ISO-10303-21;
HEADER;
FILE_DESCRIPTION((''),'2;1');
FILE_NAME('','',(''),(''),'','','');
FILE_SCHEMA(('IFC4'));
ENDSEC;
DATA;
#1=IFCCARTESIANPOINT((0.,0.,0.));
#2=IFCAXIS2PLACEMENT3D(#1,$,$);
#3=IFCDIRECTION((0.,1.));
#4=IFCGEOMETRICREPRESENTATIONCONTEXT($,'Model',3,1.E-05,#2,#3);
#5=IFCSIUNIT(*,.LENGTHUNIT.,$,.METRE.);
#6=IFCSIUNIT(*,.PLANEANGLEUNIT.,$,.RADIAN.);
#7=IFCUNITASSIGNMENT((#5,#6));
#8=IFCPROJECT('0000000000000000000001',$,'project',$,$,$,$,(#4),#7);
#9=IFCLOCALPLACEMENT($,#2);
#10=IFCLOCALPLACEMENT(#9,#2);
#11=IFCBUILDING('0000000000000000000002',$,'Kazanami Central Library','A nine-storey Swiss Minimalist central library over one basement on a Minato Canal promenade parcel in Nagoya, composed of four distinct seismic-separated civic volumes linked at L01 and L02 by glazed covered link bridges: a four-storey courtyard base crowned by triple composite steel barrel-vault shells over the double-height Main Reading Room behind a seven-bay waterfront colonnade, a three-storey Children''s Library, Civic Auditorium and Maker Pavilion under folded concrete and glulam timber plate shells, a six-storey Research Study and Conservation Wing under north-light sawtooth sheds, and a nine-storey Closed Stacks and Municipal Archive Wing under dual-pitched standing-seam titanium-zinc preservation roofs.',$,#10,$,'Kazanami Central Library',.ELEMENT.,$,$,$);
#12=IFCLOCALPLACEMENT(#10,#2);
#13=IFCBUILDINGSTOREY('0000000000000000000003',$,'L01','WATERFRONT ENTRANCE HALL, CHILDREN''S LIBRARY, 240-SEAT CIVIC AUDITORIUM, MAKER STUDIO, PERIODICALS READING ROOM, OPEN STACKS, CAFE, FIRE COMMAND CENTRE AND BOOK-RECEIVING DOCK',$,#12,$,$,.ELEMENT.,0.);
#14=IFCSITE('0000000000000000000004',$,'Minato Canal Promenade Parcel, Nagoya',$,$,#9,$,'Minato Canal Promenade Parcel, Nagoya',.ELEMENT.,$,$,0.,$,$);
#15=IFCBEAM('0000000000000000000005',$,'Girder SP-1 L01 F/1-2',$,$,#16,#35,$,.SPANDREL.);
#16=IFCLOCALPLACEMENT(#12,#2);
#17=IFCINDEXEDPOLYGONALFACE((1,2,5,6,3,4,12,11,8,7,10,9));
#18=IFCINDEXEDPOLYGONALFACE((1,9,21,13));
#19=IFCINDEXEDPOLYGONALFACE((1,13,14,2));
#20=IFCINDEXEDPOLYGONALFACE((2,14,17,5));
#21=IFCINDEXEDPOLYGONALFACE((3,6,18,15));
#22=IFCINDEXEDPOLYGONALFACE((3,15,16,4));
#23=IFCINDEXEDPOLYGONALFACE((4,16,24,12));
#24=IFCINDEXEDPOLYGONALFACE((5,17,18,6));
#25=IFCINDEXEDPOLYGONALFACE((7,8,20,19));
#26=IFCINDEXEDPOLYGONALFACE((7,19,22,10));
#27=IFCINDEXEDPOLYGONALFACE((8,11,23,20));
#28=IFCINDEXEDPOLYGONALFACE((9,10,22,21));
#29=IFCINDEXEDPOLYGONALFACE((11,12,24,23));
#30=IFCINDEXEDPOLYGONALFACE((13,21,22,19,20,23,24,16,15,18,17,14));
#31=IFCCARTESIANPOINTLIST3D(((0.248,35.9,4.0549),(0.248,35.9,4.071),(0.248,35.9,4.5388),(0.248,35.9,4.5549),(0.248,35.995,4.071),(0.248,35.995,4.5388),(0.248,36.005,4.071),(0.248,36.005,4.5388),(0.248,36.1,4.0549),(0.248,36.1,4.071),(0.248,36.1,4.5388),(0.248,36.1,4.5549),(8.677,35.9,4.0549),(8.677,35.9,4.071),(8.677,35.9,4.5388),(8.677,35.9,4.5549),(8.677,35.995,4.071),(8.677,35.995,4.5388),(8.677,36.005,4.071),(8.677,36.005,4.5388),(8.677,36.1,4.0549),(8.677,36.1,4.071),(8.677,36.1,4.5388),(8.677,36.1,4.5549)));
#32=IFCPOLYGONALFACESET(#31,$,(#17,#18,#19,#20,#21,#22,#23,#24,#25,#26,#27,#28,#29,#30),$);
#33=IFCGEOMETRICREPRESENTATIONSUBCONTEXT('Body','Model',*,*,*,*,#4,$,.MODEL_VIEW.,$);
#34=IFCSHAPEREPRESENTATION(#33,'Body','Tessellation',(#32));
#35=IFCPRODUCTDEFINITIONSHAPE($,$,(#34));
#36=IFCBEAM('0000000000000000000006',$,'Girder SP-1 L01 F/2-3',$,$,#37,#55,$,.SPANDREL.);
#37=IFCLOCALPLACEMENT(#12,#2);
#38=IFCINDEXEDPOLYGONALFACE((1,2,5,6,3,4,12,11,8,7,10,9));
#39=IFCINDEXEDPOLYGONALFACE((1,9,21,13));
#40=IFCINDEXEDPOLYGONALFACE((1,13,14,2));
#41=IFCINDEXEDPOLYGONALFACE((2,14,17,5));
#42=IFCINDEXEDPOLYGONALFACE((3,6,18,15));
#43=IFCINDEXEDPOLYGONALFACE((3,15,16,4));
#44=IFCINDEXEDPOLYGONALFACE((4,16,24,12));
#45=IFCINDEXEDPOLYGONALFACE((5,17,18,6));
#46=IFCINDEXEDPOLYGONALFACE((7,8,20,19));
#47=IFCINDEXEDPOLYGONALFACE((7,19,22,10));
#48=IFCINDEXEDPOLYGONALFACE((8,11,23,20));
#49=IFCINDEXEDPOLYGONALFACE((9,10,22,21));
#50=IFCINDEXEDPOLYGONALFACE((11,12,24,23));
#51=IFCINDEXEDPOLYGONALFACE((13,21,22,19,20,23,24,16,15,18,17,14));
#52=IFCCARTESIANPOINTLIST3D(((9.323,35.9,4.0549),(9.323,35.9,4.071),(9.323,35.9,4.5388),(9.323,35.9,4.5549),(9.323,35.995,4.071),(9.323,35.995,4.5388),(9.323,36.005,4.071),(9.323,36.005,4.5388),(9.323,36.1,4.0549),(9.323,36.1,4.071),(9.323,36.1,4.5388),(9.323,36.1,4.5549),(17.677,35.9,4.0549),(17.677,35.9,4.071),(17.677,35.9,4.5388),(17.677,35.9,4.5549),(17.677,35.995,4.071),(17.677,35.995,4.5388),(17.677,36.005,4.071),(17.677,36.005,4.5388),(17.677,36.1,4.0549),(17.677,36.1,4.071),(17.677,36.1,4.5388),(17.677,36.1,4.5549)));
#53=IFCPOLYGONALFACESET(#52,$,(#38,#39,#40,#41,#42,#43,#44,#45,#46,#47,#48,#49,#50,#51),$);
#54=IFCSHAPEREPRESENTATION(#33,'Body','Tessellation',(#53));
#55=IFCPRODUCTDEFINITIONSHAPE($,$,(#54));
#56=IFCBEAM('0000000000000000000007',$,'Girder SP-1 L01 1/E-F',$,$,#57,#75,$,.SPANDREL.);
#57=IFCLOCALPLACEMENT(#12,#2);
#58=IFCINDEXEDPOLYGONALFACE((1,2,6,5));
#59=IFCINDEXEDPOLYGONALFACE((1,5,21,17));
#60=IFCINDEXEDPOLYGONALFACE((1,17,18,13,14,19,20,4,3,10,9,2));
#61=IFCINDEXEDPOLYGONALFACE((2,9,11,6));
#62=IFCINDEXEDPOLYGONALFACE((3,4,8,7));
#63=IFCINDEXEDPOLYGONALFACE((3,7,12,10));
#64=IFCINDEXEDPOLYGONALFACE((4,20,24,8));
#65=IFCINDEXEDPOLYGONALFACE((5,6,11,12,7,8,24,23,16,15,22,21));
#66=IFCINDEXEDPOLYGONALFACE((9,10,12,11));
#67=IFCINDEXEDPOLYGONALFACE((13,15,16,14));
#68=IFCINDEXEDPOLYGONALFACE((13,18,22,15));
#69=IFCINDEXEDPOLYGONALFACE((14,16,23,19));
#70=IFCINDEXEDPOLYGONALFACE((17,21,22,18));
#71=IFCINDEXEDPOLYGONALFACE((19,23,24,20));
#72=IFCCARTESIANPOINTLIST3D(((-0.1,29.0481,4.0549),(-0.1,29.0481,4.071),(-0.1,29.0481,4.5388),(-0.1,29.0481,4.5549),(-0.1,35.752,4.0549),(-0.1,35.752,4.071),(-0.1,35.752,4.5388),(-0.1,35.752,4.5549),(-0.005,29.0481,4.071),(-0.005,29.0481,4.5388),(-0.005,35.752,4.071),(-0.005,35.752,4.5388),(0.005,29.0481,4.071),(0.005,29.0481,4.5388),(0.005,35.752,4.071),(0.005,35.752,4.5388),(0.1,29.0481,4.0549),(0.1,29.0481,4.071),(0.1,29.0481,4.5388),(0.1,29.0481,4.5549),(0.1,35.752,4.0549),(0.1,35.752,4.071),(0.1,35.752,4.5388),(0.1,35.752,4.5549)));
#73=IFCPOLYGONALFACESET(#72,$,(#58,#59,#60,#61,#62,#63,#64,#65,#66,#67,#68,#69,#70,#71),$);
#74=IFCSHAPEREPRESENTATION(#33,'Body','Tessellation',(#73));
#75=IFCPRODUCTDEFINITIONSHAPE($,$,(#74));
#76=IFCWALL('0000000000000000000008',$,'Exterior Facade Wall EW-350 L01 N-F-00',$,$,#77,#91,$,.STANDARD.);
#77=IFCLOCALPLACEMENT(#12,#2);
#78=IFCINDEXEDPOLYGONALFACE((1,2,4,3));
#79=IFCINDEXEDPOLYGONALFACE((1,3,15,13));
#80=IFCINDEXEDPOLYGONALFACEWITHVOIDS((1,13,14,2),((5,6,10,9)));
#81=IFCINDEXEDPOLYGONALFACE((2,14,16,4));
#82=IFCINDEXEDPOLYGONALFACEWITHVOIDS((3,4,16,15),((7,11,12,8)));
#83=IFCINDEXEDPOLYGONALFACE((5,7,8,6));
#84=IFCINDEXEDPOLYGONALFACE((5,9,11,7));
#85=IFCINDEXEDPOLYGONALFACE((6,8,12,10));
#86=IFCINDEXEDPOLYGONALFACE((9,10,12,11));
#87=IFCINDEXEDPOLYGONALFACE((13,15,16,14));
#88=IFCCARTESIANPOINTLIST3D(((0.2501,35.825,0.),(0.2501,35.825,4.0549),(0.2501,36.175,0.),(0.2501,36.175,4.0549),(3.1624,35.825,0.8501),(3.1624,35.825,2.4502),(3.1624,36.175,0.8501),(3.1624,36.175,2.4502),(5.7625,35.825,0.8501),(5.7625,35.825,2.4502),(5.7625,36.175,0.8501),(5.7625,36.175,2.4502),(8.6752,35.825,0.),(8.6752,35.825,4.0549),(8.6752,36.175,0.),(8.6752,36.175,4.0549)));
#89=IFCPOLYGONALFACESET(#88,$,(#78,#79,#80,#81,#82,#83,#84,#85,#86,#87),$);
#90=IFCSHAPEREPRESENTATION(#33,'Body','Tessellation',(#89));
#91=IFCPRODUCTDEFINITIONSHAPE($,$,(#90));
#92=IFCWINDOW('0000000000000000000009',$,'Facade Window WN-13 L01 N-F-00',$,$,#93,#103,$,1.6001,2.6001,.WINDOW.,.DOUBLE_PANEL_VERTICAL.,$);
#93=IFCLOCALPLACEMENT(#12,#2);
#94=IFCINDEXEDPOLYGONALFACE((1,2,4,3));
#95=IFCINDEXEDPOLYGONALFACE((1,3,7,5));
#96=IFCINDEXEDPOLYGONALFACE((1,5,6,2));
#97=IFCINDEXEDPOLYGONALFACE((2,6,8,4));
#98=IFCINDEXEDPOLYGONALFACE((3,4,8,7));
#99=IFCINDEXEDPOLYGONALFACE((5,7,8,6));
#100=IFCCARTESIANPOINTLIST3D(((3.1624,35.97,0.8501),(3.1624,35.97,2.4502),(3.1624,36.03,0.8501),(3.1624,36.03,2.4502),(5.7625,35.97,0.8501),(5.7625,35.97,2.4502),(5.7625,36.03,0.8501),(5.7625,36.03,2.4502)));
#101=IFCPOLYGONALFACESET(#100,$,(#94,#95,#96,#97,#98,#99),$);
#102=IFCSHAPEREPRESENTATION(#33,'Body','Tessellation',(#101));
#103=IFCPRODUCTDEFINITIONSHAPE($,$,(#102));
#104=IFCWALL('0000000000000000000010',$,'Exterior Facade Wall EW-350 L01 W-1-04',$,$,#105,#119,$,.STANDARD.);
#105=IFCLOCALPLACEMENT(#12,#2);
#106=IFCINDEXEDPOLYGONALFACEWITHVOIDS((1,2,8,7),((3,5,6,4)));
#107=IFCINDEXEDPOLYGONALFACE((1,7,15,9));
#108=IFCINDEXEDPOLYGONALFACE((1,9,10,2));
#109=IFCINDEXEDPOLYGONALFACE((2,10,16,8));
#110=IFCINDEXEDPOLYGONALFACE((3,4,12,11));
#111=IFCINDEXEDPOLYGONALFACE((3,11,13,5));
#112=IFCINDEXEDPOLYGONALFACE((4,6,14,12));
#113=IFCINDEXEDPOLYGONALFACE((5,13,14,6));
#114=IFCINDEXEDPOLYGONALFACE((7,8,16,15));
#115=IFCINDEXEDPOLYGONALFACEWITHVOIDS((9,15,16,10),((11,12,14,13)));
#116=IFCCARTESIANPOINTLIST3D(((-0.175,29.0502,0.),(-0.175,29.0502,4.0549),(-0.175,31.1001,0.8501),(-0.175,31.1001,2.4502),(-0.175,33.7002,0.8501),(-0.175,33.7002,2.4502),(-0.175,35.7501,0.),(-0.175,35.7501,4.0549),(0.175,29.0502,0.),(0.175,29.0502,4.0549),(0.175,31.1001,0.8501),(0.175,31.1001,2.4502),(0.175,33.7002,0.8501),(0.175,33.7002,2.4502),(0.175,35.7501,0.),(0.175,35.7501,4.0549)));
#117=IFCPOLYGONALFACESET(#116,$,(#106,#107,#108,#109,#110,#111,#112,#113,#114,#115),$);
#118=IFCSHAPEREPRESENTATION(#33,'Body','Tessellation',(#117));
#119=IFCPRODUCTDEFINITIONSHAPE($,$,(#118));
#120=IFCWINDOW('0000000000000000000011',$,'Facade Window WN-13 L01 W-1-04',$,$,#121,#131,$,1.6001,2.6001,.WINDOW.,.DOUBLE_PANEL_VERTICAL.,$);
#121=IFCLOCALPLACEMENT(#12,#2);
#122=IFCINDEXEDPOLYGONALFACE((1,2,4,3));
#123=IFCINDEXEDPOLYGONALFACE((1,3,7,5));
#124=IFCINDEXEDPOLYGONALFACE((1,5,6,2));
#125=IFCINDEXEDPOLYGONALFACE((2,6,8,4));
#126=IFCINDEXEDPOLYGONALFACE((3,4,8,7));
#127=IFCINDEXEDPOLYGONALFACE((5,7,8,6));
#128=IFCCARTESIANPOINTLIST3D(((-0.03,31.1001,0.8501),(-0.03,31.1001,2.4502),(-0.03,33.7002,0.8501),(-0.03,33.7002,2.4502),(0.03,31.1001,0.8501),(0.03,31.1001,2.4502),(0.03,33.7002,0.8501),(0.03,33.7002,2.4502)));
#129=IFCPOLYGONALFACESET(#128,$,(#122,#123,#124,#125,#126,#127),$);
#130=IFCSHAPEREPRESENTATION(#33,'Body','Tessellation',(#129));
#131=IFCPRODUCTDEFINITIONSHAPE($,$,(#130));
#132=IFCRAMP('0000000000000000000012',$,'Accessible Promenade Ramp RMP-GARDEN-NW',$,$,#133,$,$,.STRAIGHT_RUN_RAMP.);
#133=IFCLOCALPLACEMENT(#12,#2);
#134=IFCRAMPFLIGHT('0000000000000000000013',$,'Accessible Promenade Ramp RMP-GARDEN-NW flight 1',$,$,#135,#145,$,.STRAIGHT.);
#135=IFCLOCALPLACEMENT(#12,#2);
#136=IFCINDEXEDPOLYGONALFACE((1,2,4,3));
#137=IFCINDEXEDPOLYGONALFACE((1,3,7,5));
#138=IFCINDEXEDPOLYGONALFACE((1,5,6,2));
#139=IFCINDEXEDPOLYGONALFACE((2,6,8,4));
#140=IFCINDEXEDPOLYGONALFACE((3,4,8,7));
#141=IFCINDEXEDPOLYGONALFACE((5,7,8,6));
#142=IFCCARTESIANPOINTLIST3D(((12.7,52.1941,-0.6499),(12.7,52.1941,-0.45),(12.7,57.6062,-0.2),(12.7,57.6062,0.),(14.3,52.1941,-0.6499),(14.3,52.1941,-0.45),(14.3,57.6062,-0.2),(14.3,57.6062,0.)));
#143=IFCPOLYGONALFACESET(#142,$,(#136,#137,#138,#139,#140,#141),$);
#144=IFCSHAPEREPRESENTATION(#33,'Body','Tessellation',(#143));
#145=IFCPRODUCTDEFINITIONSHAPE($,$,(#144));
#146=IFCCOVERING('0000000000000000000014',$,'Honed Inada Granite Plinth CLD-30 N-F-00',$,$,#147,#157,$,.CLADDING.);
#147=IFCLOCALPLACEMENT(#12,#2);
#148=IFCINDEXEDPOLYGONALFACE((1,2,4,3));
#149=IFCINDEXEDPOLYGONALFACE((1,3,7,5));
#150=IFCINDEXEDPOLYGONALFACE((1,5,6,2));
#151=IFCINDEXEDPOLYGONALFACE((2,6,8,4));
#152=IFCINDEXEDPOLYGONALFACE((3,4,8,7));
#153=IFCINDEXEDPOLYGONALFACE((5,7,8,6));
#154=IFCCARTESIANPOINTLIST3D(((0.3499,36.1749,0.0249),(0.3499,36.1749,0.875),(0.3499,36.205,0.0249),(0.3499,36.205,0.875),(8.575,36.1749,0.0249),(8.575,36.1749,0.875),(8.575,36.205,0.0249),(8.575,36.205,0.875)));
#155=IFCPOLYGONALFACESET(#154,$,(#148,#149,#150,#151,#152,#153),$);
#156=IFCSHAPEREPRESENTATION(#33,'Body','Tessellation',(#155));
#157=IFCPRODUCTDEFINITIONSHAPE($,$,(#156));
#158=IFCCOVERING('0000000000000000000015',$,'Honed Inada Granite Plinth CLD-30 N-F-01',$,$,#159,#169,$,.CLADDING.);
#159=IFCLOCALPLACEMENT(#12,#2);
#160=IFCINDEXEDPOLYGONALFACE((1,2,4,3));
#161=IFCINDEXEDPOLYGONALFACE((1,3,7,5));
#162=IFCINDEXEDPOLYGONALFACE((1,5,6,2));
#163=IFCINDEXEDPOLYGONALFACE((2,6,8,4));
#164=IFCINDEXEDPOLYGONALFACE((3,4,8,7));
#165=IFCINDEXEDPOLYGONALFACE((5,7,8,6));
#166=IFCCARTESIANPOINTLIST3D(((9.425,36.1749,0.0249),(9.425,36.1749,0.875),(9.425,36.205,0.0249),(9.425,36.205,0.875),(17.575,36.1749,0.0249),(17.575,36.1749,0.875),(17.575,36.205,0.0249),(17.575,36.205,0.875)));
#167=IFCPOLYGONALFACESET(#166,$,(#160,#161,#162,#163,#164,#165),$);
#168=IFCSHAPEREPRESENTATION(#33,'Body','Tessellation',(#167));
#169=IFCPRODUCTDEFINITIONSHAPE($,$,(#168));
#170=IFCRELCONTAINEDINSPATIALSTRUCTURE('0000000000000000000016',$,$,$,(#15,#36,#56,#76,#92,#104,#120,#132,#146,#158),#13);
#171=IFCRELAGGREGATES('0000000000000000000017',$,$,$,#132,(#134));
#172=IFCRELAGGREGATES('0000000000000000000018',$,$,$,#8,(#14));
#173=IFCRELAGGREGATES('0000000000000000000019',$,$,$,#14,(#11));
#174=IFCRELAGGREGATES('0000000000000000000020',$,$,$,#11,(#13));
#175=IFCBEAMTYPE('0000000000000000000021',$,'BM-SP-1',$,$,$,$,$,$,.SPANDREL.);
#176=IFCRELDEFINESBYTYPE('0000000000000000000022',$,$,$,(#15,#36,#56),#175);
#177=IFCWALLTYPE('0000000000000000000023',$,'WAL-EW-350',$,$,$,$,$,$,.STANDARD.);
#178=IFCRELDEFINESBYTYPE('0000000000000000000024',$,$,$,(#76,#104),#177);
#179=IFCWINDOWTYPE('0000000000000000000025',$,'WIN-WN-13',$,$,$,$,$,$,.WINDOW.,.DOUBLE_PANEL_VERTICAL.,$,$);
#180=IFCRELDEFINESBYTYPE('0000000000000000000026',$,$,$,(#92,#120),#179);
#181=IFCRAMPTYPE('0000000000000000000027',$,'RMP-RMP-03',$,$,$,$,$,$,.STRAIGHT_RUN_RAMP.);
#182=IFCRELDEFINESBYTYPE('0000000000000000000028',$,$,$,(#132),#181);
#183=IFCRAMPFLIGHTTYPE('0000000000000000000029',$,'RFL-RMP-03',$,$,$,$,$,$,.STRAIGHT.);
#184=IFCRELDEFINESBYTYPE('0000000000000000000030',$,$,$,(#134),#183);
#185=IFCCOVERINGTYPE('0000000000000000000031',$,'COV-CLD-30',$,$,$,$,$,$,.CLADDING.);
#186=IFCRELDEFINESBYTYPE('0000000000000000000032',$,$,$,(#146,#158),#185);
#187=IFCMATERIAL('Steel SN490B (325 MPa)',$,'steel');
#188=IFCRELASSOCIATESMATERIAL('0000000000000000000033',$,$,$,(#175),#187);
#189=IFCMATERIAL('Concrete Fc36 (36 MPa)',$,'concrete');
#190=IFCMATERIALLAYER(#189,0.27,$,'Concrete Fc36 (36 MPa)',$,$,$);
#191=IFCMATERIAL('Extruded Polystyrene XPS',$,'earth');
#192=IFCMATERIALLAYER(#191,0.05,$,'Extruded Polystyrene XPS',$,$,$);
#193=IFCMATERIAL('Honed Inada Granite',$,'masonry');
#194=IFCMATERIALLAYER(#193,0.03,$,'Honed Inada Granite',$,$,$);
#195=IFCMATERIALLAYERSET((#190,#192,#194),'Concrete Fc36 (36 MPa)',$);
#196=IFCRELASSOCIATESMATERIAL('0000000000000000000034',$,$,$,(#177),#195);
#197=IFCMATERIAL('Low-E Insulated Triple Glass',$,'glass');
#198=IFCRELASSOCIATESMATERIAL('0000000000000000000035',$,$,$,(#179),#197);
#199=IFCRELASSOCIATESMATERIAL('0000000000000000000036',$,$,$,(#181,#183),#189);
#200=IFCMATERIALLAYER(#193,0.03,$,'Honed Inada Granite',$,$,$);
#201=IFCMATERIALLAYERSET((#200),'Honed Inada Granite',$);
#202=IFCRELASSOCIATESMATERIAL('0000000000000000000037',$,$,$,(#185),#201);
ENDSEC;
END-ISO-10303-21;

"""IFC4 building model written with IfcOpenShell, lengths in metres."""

from ifc_helpers import new_model, si_unit, direction, frame, frame_2d, origin, origin_2d, place, context, subcontext, project, spatial, polyline, rectangle, i_section, outline, extrude, material, layer, layer_set, material_profile, profile_set, type_object, element, fill, aggregate, save


model = new_model("IFC4")

# Units and contexts
model_context = context("Model", 3, precision=1e-05, world=origin(), true_north=direction((0.0, 1.0)))
body_context = subcontext(model_context, "Body", "Model", "MODEL_VIEW")
ifc_project = project(units=[si_unit("LENGTHUNIT", "METRE"), si_unit("PLANEANGLEUNIT", "RADIAN")], contexts=[model_context])

# Site, building, storey
site_placement = place(None, origin())
site = spatial("IfcSite", under=ifc_project, at=site_placement, Name="Minato Canal Promenade Parcel, Nagoya", LongName="Minato Canal Promenade Parcel, Nagoya", CompositionType="ELEMENT", RefElevation=0.0)
building_placement = place(site_placement, origin())
building = spatial("IfcBuilding", under=site, at=building_placement, Name="Kazanami Central Library", Description="A nine-storey Swiss Minimalist central library over one basement on a Minato Canal promenade parcel in Nagoya, composed of four distinct seismic-separated civic volumes linked at L01 and L02 by glazed covered link bridges: a four-storey courtyard base crowned by triple composite steel barrel-vault shells over the double-height Main Reading Room behind a seven-bay waterfront colonnade, a three-storey Children's Library, Civic Auditorium and Maker Pavilion under folded concrete and glulam timber plate shells, a six-storey Research Study and Conservation Wing under north-light sawtooth sheds, and a nine-storey Closed Stacks and Municipal Archive Wing under dual-pitched standing-seam titanium-zinc preservation roofs.", LongName="Kazanami Central Library", CompositionType="ELEMENT")
storey_placement = place(building_placement, origin())
storey = spatial("IfcBuildingStorey", under=building, at=storey_placement, Name="L01", Description="WATERFRONT ENTRANCE HALL, CHILDREN'S LIBRARY, 240-SEAT CIVIC AUDITORIUM, MAKER STUDIO, PERIODICALS READING ROOM, OPEN STACKS, CAFE, FIRE COMMAND CENTRE AND BOOK-RECEIVING DOCK", CompositionType="ELEMENT", Elevation=0.0)

# Beams
ifc_material_1 = material(Name="Steel SN490B (325 MPa)", Category="steel")
ifc_material_profile_1 = material_profile(ifc_material_1, i_section(OverallWidth=0.2, OverallDepth=0.5, WebThickness=0.01, FlangeThickness=0.0161, at=origin_2d()), Name="H-500x200x10x16")
ifc_profile_set_1 = profile_set([ifc_material_profile_1], Name="Steel SN490B (325 MPa)")
beam_type_1 = type_object("IfcBeamType", Name="BM-SP-1", PredefinedType="SPANDREL", material=ifc_profile_set_1)
beam_1_placement = place(storey_placement, frame((0.248, 36.0, 4.3049), z_axis=(1.0, 0.0, 0.0), x_axis=(0.0, 1.0, 0.0)))
element("IfcBeam", 1, at=beam_1_placement, inside=storey, type_object=beam_type_1, Name="Girder SP-1 L01 F/1-2", PredefinedType="SPANDREL", context=body_context, shape_type="SweptSolid", body=[
    extrude(i_section(OverallWidth=0.2, OverallDepth=0.5, WebThickness=0.01, FlangeThickness=0.0161, at=origin_2d()), origin(), (0.0, 0.0, 1.0), 8.429),
])
beam_2_placement = place(storey_placement, frame((9.323, 36.0, 4.3049), z_axis=(1.0, 0.0, 0.0), x_axis=(0.0, 1.0, 0.0)))
element("IfcBeam", 2, at=beam_2_placement, inside=storey, type_object=beam_type_1, Name="Girder SP-1 L01 F/2-3", PredefinedType="SPANDREL", context=body_context, shape_type="SweptSolid", body=[
    extrude(i_section(OverallWidth=0.2, OverallDepth=0.5, WebThickness=0.01, FlangeThickness=0.0161, at=origin_2d()), origin(), (0.0, 0.0, 1.0), 8.354),
])
beam_3_placement = place(storey_placement, frame((0.0, 29.0481, 4.3049), z_axis=(0.0, 1.0, 0.0), x_axis=(-1.0, 0.0, 0.0)))
element("IfcBeam", 3, at=beam_3_placement, inside=storey, type_object=beam_type_1, Name="Girder SP-1 L01 1/E-F", PredefinedType="SPANDREL", context=body_context, shape_type="SweptSolid", body=[
    extrude(i_section(OverallWidth=0.2, OverallDepth=0.5, WebThickness=0.01, FlangeThickness=0.0161, at=origin_2d()), origin(), (0.0, 0.0, 1.0), 6.7039),
])

# Walls, openings, windows
ifc_material_2 = material(Name="Concrete Fc36 (36 MPa)", Category="concrete")
ifc_layer_1 = layer(ifc_material_2, 0.27, Name="Concrete Fc36 (36 MPa)")
ifc_material_3 = material(Name="Extruded Polystyrene XPS", Category="earth")
ifc_layer_2 = layer(ifc_material_3, 0.05, Name="Extruded Polystyrene XPS")
ifc_material_4 = material(Name="Honed Inada Granite", Category="masonry")
ifc_layer_3 = layer(ifc_material_4, 0.03, Name="Honed Inada Granite")
ifc_layer_set_1 = layer_set([ifc_layer_1, ifc_layer_2, ifc_layer_3], Name="Concrete Fc36 (36 MPa)")
wall_type = type_object("IfcWallType", Name="WAL-EW-350", PredefinedType="STANDARD", material=ifc_layer_set_1)
wall_1_placement = place(storey_placement, frame((8.675, 36.0, 0.0), z_axis=(0.0, 0.0, 1.0), x_axis=(-1.0, 0.0, 0.0)))
wall_1 = element("IfcWall", 4, at=wall_1_placement, inside=storey, type_object=wall_type, Name="Exterior Facade Wall EW-350 L01 N-F-00", PredefinedType="STANDARD", context=body_context, shape_type="SweptSolid", body=[
    extrude(rectangle(XDim=8.425, YDim=0.3501, at=frame_2d((4.2124, 0.0))), origin(), (0.0, 0.0, 1.0), 4.0549),
])
opening_1_placement = place(wall_1_placement, frame((2.9126, 0.0, 0.8501)))
opening_1 = element("IfcOpeningElement", 5, at=opening_1_placement, cuts=wall_1, PredefinedType="OPENING", context=body_context, shape_type="SweptSolid", body=[
    extrude(rectangle(XDim=2.6001, YDim=1.6001, at=frame_2d((1.3, 0.8))), frame((0.0, 0.187, 0.0), z_axis=(0.0, -1.0, 0.0), x_axis=(1.0, 0.0, 0.0)), (0.0, 0.0, 1.0), 0.374),
])
ifc_material_5 = material(Name="Low-E Insulated Triple Glass", Category="glass")
window_type = type_object("IfcWindowType", Name="WIN-WN-13", PartitioningType="DOUBLE_PANEL_VERTICAL", PredefinedType="WINDOW", material=ifc_material_5)
window_1_placement = place(opening_1_placement, origin())
window_1 = element("IfcWindow", 6, at=window_1_placement, inside=storey, type_object=window_type, Name="Facade Window WN-13 L01 N-F-00", OverallHeight=1.6001, OverallWidth=2.6001, PartitioningType="DOUBLE_PANEL_VERTICAL", PredefinedType="WINDOW", context=body_context, shape_type="SweptSolid", body=[
    extrude(rectangle(XDim=2.6001, YDim=1.6001, at=frame_2d((1.3, 0.8))), frame((0.0, 0.03, 0.0), z_axis=(0.0, -1.0, 0.0), x_axis=(1.0, 0.0, 0.0)), (0.0, 0.0, 1.0), 0.0601),
])
fill(opening_1, window_1)
wall_2_placement = place(storey_placement, frame((0.0, 29.05, 0.0), z_axis=(0.0, 0.0, 1.0), x_axis=(0.0, 1.0, 0.0)))
wall_2 = element("IfcWall", 7, at=wall_2_placement, inside=storey, type_object=wall_type, Name="Exterior Facade Wall EW-350 L01 W-1-04", PredefinedType="STANDARD", context=body_context, shape_type="SweptSolid", body=[
    extrude(rectangle(XDim=6.7, YDim=0.3501, at=frame_2d((3.3501, 0.0))), origin(), (0.0, 0.0, 1.0), 4.0549),
])
opening_2_placement = place(wall_2_placement, frame((2.05, 0.0, 0.8501)))
opening_2 = element("IfcOpeningElement", 8, at=opening_2_placement, cuts=wall_2, PredefinedType="OPENING", context=body_context, shape_type="SweptSolid", body=[
    extrude(rectangle(XDim=2.6001, YDim=1.6001, at=frame_2d((1.3, 0.8))), frame((0.0, 0.187, 0.0), z_axis=(0.0, -1.0, 0.0), x_axis=(1.0, 0.0, 0.0)), (0.0, 0.0, 1.0), 0.374),
])
window_2_placement = place(opening_2_placement, origin())
window_2 = element("IfcWindow", 9, at=window_2_placement, inside=storey, type_object=window_type, Name="Facade Window WN-13 L01 W-1-04", OverallHeight=1.6001, OverallWidth=2.6001, PartitioningType="DOUBLE_PANEL_VERTICAL", PredefinedType="WINDOW", context=body_context, shape_type="SweptSolid", body=[
    extrude(rectangle(XDim=2.6001, YDim=1.6001, at=frame_2d((1.3, 0.8))), frame((0.0, 0.03, 0.0), z_axis=(0.0, -1.0, 0.0), x_axis=(1.0, 0.0, 0.0)), (0.0, 0.0, 1.0), 0.0601),
])
fill(opening_2, window_2)

# Ramp, ramp flight
ramp_type = type_object("IfcRampType", Name="RMP-RMP-03", PredefinedType="STRAIGHT_RUN_RAMP", material=ifc_material_2)
ramp_placement = place(storey_placement, origin())
ramp = element("IfcRamp", 10, at=ramp_placement, inside=storey, type_object=ramp_type, Name="Accessible Promenade Ramp RMP-GARDEN-NW", PredefinedType="STRAIGHT_RUN_RAMP")
ramp_flight_type = type_object("IfcRampFlightType", Name="RFL-RMP-03", PredefinedType="STRAIGHT", material=ifc_material_2)
ramp_flight_placement = place(storey_placement, frame((13.5, 52.1941, -0.45), z_axis=(0.0, 0.0, 1.0), x_axis=(0.0, 1.0, 0.0)))
ramp_flight = element("IfcRampFlight", 11, at=ramp_flight_placement, type_object=ramp_flight_type, Name="Accessible Promenade Ramp RMP-GARDEN-NW flight 1", PredefinedType="STRAIGHT", context=body_context, shape_type="SweptSolid", body=[
    extrude(outline(polyline([(0.0, 0.0), (5.4121, 0.45), (5.4121, 0.25), (0.0, -0.2), (0.0, 0.0)])), frame((0.0, 0.8, 0.0), z_axis=(0.0, -1.0, 0.0), x_axis=(1.0, 0.0, 0.0)), (0.0, 0.0, 1.0), 1.6001),
])
aggregate(ramp, [ramp_flight])

# Coverings
ifc_layer_4 = layer(ifc_material_4, 0.03, Name="Honed Inada Granite")
ifc_layer_set_2 = layer_set([ifc_layer_4], Name="Honed Inada Granite")
covering_type = type_object("IfcCoveringType", Name="COV-CLD-30", PredefinedType="CLADDING", material=ifc_layer_set_2)
covering_1_placement = place(storey_placement, frame((4.4624, 36.1899, 0.0249), z_axis=(0.0, 0.0, 1.0), x_axis=(-1.0, 0.0, 0.0)))
element("IfcCovering", 12, at=covering_1_placement, inside=storey, type_object=covering_type, Name="Honed Inada Granite Plinth CLD-30 N-F-00", PredefinedType="CLADDING", context=body_context, shape_type="SweptSolid", body=[
    extrude(rectangle(XDim=8.2251, YDim=0.03, at=origin_2d()), origin(), (0.0, 0.0, 1.0), 0.8501),
])
covering_2_placement = place(storey_placement, frame((13.5, 36.1899, 0.0249), z_axis=(0.0, 0.0, 1.0), x_axis=(-1.0, 0.0, 0.0)))
element("IfcCovering", 13, at=covering_2_placement, inside=storey, type_object=covering_type, Name="Honed Inada Granite Plinth CLD-30 N-F-01", PredefinedType="CLADDING", context=body_context, shape_type="SweptSolid", body=[
    extrude(rectangle(XDim=8.1499, YDim=0.03, at=origin_2d()), origin(), (0.0, 0.0, 1.0), 0.8501),
])

save(model, "model.ifc")
